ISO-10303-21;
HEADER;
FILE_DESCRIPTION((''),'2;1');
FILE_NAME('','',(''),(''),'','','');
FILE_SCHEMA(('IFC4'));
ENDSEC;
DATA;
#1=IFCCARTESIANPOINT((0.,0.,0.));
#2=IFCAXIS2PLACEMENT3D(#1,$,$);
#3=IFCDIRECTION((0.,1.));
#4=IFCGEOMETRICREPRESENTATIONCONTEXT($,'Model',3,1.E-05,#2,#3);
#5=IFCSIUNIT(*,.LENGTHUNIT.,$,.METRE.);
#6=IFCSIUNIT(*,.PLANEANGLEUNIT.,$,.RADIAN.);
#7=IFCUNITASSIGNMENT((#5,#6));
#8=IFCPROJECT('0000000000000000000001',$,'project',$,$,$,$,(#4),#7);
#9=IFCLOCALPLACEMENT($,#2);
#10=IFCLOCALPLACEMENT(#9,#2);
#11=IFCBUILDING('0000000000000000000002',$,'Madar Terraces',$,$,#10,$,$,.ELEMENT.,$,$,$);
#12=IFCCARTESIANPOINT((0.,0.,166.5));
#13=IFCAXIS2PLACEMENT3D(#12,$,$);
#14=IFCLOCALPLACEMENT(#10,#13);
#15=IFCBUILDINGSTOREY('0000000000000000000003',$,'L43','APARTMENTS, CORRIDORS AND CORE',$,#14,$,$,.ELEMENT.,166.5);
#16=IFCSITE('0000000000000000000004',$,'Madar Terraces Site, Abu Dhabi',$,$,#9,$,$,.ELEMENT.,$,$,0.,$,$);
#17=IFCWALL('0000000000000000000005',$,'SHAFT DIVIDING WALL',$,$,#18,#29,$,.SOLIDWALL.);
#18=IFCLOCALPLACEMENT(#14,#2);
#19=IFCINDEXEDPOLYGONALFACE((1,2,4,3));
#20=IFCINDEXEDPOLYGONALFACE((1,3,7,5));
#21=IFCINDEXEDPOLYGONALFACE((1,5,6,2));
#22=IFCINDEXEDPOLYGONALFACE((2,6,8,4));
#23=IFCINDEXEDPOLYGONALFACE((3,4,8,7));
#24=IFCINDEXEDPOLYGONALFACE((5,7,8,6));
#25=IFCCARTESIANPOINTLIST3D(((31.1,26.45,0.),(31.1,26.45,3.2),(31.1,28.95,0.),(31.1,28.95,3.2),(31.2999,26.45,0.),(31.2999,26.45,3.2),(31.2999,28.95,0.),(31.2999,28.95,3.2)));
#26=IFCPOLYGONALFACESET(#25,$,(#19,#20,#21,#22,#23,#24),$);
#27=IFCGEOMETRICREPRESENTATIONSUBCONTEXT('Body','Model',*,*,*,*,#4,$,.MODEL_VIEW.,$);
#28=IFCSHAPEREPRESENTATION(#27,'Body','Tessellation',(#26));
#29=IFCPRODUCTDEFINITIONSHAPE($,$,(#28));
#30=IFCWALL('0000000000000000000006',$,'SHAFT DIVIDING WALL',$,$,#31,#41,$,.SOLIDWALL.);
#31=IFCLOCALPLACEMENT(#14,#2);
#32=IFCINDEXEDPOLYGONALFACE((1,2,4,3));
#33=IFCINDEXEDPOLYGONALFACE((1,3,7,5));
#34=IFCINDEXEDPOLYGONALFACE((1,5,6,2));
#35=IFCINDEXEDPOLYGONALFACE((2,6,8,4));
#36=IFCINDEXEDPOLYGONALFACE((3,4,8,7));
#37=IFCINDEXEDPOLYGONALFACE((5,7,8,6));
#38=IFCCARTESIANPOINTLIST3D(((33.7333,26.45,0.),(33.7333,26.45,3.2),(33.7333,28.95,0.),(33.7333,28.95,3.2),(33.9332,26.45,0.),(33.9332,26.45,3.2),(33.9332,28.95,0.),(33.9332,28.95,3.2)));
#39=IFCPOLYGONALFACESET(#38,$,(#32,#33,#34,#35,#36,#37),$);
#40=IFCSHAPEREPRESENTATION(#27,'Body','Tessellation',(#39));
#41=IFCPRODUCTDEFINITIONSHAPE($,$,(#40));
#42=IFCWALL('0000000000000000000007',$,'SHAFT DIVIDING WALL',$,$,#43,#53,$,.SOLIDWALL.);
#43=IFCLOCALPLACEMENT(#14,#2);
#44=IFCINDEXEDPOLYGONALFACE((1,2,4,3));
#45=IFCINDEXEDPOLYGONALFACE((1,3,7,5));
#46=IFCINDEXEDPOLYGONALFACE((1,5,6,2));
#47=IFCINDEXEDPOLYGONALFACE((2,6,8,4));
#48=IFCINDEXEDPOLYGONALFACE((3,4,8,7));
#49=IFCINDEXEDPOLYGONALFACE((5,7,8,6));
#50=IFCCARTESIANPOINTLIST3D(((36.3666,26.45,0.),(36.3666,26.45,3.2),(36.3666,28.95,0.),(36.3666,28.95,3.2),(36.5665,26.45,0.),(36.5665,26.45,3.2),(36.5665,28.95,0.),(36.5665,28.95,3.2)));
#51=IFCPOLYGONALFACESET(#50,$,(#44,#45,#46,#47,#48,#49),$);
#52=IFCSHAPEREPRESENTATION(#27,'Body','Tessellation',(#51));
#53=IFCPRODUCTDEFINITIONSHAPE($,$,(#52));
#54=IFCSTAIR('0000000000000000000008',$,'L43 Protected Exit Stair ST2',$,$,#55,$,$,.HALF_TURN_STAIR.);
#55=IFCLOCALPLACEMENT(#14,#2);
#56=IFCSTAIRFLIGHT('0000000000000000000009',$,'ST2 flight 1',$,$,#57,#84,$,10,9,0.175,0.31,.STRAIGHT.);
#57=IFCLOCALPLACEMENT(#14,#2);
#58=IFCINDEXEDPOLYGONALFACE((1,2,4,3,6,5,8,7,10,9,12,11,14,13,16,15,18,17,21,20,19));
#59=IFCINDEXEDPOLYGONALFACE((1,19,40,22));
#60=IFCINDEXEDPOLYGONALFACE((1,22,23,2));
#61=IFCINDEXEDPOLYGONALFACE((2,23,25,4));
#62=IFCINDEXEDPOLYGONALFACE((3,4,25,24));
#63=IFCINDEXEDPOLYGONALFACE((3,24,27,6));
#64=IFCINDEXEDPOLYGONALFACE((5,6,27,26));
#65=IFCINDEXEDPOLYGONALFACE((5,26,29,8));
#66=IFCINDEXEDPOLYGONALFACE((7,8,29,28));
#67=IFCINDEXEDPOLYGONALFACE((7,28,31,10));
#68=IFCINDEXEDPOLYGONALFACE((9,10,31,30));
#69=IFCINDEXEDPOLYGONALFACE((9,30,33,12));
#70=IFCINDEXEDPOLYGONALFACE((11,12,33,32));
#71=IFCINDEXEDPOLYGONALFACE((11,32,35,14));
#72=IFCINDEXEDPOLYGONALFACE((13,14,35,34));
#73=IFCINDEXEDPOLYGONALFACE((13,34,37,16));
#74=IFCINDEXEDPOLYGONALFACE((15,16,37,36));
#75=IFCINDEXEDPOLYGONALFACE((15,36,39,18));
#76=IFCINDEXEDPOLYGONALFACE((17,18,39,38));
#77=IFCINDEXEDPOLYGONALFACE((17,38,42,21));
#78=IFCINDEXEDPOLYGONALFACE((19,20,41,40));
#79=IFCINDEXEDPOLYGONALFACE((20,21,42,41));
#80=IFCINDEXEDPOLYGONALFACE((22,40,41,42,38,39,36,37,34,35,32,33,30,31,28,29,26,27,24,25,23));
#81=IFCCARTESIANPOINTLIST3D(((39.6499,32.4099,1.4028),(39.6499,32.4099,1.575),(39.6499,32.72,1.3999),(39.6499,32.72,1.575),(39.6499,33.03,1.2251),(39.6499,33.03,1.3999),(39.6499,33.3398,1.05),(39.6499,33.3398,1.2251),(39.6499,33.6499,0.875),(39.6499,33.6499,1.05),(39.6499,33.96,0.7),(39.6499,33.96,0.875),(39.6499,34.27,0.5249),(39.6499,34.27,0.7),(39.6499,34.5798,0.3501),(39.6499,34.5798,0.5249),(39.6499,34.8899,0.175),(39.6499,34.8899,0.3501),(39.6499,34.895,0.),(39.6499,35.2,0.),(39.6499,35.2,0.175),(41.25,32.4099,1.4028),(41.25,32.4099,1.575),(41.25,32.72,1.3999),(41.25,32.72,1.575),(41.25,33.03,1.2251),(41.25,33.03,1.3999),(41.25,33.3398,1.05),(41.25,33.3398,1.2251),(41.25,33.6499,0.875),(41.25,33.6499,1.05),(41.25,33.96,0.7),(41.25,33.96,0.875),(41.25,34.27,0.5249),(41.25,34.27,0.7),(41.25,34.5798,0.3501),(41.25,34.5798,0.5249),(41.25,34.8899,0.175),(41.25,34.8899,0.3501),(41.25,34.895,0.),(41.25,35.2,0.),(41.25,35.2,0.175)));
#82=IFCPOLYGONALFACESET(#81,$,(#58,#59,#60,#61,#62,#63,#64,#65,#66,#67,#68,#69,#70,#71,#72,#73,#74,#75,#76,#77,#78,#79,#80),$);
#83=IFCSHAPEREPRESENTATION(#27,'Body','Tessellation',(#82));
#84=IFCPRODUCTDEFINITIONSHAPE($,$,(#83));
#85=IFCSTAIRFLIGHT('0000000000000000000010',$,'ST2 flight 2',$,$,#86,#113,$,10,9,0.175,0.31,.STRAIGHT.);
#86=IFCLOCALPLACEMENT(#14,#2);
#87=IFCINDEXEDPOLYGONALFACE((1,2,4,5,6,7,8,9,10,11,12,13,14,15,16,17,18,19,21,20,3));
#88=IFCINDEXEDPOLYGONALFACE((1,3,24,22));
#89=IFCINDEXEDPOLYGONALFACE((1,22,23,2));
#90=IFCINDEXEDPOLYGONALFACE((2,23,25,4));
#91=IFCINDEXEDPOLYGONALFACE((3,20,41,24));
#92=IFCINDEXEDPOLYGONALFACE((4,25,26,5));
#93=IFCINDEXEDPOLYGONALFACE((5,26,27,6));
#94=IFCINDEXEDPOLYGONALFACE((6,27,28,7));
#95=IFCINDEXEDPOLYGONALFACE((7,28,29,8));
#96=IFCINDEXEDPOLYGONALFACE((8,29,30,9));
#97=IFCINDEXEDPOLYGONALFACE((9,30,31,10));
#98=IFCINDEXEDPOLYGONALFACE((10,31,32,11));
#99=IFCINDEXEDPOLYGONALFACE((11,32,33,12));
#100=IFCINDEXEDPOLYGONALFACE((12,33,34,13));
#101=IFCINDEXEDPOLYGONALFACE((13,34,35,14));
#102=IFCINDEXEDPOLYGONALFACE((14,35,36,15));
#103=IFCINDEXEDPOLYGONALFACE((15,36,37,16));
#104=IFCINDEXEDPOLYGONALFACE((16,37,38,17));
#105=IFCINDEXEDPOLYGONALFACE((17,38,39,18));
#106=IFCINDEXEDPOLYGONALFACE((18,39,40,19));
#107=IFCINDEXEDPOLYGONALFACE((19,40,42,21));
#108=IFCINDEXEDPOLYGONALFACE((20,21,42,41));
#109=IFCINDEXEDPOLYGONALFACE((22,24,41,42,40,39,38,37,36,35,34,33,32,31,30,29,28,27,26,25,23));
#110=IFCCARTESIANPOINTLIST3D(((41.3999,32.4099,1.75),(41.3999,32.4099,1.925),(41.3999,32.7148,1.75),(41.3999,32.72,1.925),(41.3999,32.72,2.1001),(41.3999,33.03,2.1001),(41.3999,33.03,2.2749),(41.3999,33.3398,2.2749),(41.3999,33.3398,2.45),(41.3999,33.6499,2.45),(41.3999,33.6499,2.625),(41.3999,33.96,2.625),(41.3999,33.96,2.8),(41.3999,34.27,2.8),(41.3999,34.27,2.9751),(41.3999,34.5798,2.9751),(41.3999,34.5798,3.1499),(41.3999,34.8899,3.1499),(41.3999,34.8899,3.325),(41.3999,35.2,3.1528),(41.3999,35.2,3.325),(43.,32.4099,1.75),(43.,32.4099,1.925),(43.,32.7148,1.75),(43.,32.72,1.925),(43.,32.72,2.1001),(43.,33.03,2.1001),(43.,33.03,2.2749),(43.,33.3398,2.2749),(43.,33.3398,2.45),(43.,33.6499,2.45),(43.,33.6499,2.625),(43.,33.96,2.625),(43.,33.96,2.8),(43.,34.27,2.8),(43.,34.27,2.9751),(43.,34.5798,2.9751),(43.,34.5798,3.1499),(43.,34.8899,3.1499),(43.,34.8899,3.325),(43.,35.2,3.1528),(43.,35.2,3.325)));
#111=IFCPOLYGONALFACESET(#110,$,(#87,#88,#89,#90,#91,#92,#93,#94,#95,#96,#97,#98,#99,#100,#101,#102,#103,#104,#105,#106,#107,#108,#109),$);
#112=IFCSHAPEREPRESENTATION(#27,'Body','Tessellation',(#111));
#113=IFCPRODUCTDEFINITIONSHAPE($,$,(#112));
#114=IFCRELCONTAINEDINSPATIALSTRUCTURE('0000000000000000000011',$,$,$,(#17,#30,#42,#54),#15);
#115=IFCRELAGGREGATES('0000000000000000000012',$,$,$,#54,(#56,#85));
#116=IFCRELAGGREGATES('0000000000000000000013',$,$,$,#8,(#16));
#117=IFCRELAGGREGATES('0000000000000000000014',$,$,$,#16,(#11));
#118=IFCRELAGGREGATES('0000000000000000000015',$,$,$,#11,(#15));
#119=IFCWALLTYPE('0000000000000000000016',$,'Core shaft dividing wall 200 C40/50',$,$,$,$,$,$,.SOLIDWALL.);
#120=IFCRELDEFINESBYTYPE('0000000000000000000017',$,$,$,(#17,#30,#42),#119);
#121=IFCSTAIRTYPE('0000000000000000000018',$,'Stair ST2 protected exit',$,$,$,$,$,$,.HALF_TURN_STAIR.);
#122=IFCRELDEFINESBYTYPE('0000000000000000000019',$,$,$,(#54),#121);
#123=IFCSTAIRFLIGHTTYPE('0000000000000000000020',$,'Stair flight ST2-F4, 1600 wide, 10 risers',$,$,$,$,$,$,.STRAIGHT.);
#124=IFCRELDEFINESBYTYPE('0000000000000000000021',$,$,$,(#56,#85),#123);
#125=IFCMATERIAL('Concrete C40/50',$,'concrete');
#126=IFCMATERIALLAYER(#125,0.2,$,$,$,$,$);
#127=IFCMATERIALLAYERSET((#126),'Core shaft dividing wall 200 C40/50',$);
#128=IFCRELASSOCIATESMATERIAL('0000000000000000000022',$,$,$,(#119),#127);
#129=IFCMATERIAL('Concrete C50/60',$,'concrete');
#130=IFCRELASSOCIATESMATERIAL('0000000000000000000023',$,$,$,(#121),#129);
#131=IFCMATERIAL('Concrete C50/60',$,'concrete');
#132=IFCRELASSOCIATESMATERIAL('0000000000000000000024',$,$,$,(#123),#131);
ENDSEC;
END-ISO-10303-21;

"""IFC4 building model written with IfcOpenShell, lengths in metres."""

from ifc_helpers import new_model, si_unit, direction, frame, frame_2d, origin, place, context, subcontext, project, spatial, polyline, rectangle, outline, extrude, material, layer, layer_set, type_object, element, aggregate, save


model = new_model("IFC4")

# Units and contexts
model_context = context("Model", 3, precision=1e-05, world=origin(), true_north=direction((0.0, 1.0)))
body_context = subcontext(model_context, "Body", "Model", "MODEL_VIEW")
ifc_project = project(units=[si_unit("LENGTHUNIT", "METRE"), si_unit("PLANEANGLEUNIT", "RADIAN")], contexts=[model_context])

# Site, building, storey
site_placement = place(None, origin())
site = spatial("IfcSite", under=ifc_project, at=site_placement, Name="Madar Terraces Site, Abu Dhabi", CompositionType="ELEMENT", RefElevation=0.0)
building_placement = place(site_placement, origin())
building = spatial("IfcBuilding", under=site, at=building_placement, Name="Madar Terraces", CompositionType="ELEMENT")
storey_placement = place(building_placement, frame((0.0, 0.0, 166.5)))
storey = spatial("IfcBuildingStorey", under=building, at=storey_placement, Name="L43", Description="APARTMENTS, CORRIDORS AND CORE", CompositionType="ELEMENT", Elevation=166.5)

# Walls
ifc_material_1 = material(Name="Concrete C40/50", Category="concrete")
ifc_layer_1 = layer(ifc_material_1, 0.2)
ifc_layer_set_1 = layer_set([ifc_layer_1], Name="Core shaft dividing wall 200 C40/50")
wall_type_1 = type_object("IfcWallType", Name="Core shaft dividing wall 200 C40/50", PredefinedType="SOLIDWALL", material=ifc_layer_set_1)
for number, where, z_axis, x_axis, name in (
    (1, (31.2, 26.45, 0.0), (0.0, 0.0, 1.0), (0.0, 1.0, 0.0), "SHAFT DIVIDING WALL"),
    (2, (33.8333, 26.45, 0.0), (0.0, 0.0, 1.0), (0.0, 1.0, 0.0), "SHAFT DIVIDING WALL"),
    (3, (36.4666, 26.45, 0.0), (0.0, 0.0, 1.0), (0.0, 1.0, 0.0), "SHAFT DIVIDING WALL"),
):
    element("IfcWall", number, at=place(storey_placement, frame(where, z_axis=z_axis, x_axis=x_axis)), inside=storey, type_object=wall_type_1, Name=name, PredefinedType="SOLIDWALL", context=body_context, shape_type="SweptSolid", body=[
        extrude(rectangle(XDim=2.5, YDim=0.2, at=frame_2d((1.25, 0.0))), origin(), (0.0, 0.0, 1.0), 3.2),
    ])

# Stair, stair flights
ifc_material_2 = material(Name="Concrete C50/60", Category="concrete")
stair_type = type_object("IfcStairType", Name="Stair ST2 protected exit", PredefinedType="HALF_TURN_STAIR", material=ifc_material_2)
stair_placement = place(storey_placement, origin())
stair = element("IfcStair", 4, at=stair_placement, inside=storey, type_object=stair_type, Name="L43 Protected Exit Stair ST2", PredefinedType="HALF_TURN_STAIR")
ifc_material_3 = material(Name="Concrete C50/60", Category="concrete")
stair_flight_type = type_object("IfcStairFlightType", Name="Stair flight ST2-F4, 1600 wide, 10 risers", PredefinedType="STRAIGHT", material=ifc_material_3)
stair_flight_1_placement = place(storey_placement, frame((40.45, 35.2, 0.0), z_axis=(0.0, 0.0, 1.0), x_axis=(0.0, -1.0, 0.0)))
stair_flight_1 = element("IfcStairFlight", 5, at=stair_flight_1_placement, type_object=stair_flight_type, Name="ST2 flight 1", NumberOfRisers=10, NumberOfTreads=9, PredefinedType="STRAIGHT", RiserHeight=0.175, TreadLength=0.31, context=body_context, shape_type="SweptSolid", body=[
    extrude(outline(polyline([(0.0, 0.0), (0.0, 0.175), (0.3101, 0.175), (0.3101, 0.3501), (0.6201, 0.3501), (0.6201, 0.5249), (0.9299, 0.5249), (0.9299, 0.7), (1.24, 0.7), (1.24, 0.875), (1.55, 0.875), (1.55, 1.05), (1.8601, 1.05), (1.8601, 1.2251), (2.1699, 1.2251), (2.1699, 1.3999), (2.48, 1.3999), (2.48, 1.575), (2.79, 1.575), (2.79, 1.75), (2.79, 1.4028), (0.3049, 0.0), (0.0, 0.0)])), frame((0.0, 0.8, 0.0), z_axis=(0.0, -1.0, 0.0), x_axis=(1.0, 0.0, 0.0)), (0.0, 0.0, 1.0), 1.6001),
])
stair_flight_2_placement = place(storey_placement, frame((42.2, 32.4099, 1.75), z_axis=(0.0, 0.0, 1.0), x_axis=(0.0, 1.0, 0.0)))
stair_flight_2 = element("IfcStairFlight", 6, at=stair_flight_2_placement, type_object=stair_flight_type, Name="ST2 flight 2", NumberOfRisers=10, NumberOfTreads=9, PredefinedType="STRAIGHT", RiserHeight=0.175, TreadLength=0.31, context=body_context, shape_type="SweptSolid", body=[
    extrude(outline(polyline([(0.0, 0.0), (0.0, 0.175), (0.3101, 0.175), (0.3101, 0.3501), (0.6201, 0.3501), (0.6201, 0.5249), (0.9299, 0.5249), (0.9299, 0.7), (1.24, 0.7), (1.24, 0.875), (1.55, 0.875), (1.55, 1.05), (1.8601, 1.05), (1.8601, 1.2251), (2.1699, 1.2251), (2.1699, 1.3999), (2.48, 1.3999), (2.48, 1.575), (2.79, 1.575), (2.79, 1.75), (2.79, 1.4028), (0.3049, 0.0), (0.0, 0.0)])), frame((0.0, 0.8, 0.0), z_axis=(0.0, -1.0, 0.0), x_axis=(1.0, 0.0, 0.0)), (0.0, 0.0, 1.0), 1.6001),
])
aggregate(stair, [stair_flight_1, stair_flight_2])

save(model, "model.ifc")
